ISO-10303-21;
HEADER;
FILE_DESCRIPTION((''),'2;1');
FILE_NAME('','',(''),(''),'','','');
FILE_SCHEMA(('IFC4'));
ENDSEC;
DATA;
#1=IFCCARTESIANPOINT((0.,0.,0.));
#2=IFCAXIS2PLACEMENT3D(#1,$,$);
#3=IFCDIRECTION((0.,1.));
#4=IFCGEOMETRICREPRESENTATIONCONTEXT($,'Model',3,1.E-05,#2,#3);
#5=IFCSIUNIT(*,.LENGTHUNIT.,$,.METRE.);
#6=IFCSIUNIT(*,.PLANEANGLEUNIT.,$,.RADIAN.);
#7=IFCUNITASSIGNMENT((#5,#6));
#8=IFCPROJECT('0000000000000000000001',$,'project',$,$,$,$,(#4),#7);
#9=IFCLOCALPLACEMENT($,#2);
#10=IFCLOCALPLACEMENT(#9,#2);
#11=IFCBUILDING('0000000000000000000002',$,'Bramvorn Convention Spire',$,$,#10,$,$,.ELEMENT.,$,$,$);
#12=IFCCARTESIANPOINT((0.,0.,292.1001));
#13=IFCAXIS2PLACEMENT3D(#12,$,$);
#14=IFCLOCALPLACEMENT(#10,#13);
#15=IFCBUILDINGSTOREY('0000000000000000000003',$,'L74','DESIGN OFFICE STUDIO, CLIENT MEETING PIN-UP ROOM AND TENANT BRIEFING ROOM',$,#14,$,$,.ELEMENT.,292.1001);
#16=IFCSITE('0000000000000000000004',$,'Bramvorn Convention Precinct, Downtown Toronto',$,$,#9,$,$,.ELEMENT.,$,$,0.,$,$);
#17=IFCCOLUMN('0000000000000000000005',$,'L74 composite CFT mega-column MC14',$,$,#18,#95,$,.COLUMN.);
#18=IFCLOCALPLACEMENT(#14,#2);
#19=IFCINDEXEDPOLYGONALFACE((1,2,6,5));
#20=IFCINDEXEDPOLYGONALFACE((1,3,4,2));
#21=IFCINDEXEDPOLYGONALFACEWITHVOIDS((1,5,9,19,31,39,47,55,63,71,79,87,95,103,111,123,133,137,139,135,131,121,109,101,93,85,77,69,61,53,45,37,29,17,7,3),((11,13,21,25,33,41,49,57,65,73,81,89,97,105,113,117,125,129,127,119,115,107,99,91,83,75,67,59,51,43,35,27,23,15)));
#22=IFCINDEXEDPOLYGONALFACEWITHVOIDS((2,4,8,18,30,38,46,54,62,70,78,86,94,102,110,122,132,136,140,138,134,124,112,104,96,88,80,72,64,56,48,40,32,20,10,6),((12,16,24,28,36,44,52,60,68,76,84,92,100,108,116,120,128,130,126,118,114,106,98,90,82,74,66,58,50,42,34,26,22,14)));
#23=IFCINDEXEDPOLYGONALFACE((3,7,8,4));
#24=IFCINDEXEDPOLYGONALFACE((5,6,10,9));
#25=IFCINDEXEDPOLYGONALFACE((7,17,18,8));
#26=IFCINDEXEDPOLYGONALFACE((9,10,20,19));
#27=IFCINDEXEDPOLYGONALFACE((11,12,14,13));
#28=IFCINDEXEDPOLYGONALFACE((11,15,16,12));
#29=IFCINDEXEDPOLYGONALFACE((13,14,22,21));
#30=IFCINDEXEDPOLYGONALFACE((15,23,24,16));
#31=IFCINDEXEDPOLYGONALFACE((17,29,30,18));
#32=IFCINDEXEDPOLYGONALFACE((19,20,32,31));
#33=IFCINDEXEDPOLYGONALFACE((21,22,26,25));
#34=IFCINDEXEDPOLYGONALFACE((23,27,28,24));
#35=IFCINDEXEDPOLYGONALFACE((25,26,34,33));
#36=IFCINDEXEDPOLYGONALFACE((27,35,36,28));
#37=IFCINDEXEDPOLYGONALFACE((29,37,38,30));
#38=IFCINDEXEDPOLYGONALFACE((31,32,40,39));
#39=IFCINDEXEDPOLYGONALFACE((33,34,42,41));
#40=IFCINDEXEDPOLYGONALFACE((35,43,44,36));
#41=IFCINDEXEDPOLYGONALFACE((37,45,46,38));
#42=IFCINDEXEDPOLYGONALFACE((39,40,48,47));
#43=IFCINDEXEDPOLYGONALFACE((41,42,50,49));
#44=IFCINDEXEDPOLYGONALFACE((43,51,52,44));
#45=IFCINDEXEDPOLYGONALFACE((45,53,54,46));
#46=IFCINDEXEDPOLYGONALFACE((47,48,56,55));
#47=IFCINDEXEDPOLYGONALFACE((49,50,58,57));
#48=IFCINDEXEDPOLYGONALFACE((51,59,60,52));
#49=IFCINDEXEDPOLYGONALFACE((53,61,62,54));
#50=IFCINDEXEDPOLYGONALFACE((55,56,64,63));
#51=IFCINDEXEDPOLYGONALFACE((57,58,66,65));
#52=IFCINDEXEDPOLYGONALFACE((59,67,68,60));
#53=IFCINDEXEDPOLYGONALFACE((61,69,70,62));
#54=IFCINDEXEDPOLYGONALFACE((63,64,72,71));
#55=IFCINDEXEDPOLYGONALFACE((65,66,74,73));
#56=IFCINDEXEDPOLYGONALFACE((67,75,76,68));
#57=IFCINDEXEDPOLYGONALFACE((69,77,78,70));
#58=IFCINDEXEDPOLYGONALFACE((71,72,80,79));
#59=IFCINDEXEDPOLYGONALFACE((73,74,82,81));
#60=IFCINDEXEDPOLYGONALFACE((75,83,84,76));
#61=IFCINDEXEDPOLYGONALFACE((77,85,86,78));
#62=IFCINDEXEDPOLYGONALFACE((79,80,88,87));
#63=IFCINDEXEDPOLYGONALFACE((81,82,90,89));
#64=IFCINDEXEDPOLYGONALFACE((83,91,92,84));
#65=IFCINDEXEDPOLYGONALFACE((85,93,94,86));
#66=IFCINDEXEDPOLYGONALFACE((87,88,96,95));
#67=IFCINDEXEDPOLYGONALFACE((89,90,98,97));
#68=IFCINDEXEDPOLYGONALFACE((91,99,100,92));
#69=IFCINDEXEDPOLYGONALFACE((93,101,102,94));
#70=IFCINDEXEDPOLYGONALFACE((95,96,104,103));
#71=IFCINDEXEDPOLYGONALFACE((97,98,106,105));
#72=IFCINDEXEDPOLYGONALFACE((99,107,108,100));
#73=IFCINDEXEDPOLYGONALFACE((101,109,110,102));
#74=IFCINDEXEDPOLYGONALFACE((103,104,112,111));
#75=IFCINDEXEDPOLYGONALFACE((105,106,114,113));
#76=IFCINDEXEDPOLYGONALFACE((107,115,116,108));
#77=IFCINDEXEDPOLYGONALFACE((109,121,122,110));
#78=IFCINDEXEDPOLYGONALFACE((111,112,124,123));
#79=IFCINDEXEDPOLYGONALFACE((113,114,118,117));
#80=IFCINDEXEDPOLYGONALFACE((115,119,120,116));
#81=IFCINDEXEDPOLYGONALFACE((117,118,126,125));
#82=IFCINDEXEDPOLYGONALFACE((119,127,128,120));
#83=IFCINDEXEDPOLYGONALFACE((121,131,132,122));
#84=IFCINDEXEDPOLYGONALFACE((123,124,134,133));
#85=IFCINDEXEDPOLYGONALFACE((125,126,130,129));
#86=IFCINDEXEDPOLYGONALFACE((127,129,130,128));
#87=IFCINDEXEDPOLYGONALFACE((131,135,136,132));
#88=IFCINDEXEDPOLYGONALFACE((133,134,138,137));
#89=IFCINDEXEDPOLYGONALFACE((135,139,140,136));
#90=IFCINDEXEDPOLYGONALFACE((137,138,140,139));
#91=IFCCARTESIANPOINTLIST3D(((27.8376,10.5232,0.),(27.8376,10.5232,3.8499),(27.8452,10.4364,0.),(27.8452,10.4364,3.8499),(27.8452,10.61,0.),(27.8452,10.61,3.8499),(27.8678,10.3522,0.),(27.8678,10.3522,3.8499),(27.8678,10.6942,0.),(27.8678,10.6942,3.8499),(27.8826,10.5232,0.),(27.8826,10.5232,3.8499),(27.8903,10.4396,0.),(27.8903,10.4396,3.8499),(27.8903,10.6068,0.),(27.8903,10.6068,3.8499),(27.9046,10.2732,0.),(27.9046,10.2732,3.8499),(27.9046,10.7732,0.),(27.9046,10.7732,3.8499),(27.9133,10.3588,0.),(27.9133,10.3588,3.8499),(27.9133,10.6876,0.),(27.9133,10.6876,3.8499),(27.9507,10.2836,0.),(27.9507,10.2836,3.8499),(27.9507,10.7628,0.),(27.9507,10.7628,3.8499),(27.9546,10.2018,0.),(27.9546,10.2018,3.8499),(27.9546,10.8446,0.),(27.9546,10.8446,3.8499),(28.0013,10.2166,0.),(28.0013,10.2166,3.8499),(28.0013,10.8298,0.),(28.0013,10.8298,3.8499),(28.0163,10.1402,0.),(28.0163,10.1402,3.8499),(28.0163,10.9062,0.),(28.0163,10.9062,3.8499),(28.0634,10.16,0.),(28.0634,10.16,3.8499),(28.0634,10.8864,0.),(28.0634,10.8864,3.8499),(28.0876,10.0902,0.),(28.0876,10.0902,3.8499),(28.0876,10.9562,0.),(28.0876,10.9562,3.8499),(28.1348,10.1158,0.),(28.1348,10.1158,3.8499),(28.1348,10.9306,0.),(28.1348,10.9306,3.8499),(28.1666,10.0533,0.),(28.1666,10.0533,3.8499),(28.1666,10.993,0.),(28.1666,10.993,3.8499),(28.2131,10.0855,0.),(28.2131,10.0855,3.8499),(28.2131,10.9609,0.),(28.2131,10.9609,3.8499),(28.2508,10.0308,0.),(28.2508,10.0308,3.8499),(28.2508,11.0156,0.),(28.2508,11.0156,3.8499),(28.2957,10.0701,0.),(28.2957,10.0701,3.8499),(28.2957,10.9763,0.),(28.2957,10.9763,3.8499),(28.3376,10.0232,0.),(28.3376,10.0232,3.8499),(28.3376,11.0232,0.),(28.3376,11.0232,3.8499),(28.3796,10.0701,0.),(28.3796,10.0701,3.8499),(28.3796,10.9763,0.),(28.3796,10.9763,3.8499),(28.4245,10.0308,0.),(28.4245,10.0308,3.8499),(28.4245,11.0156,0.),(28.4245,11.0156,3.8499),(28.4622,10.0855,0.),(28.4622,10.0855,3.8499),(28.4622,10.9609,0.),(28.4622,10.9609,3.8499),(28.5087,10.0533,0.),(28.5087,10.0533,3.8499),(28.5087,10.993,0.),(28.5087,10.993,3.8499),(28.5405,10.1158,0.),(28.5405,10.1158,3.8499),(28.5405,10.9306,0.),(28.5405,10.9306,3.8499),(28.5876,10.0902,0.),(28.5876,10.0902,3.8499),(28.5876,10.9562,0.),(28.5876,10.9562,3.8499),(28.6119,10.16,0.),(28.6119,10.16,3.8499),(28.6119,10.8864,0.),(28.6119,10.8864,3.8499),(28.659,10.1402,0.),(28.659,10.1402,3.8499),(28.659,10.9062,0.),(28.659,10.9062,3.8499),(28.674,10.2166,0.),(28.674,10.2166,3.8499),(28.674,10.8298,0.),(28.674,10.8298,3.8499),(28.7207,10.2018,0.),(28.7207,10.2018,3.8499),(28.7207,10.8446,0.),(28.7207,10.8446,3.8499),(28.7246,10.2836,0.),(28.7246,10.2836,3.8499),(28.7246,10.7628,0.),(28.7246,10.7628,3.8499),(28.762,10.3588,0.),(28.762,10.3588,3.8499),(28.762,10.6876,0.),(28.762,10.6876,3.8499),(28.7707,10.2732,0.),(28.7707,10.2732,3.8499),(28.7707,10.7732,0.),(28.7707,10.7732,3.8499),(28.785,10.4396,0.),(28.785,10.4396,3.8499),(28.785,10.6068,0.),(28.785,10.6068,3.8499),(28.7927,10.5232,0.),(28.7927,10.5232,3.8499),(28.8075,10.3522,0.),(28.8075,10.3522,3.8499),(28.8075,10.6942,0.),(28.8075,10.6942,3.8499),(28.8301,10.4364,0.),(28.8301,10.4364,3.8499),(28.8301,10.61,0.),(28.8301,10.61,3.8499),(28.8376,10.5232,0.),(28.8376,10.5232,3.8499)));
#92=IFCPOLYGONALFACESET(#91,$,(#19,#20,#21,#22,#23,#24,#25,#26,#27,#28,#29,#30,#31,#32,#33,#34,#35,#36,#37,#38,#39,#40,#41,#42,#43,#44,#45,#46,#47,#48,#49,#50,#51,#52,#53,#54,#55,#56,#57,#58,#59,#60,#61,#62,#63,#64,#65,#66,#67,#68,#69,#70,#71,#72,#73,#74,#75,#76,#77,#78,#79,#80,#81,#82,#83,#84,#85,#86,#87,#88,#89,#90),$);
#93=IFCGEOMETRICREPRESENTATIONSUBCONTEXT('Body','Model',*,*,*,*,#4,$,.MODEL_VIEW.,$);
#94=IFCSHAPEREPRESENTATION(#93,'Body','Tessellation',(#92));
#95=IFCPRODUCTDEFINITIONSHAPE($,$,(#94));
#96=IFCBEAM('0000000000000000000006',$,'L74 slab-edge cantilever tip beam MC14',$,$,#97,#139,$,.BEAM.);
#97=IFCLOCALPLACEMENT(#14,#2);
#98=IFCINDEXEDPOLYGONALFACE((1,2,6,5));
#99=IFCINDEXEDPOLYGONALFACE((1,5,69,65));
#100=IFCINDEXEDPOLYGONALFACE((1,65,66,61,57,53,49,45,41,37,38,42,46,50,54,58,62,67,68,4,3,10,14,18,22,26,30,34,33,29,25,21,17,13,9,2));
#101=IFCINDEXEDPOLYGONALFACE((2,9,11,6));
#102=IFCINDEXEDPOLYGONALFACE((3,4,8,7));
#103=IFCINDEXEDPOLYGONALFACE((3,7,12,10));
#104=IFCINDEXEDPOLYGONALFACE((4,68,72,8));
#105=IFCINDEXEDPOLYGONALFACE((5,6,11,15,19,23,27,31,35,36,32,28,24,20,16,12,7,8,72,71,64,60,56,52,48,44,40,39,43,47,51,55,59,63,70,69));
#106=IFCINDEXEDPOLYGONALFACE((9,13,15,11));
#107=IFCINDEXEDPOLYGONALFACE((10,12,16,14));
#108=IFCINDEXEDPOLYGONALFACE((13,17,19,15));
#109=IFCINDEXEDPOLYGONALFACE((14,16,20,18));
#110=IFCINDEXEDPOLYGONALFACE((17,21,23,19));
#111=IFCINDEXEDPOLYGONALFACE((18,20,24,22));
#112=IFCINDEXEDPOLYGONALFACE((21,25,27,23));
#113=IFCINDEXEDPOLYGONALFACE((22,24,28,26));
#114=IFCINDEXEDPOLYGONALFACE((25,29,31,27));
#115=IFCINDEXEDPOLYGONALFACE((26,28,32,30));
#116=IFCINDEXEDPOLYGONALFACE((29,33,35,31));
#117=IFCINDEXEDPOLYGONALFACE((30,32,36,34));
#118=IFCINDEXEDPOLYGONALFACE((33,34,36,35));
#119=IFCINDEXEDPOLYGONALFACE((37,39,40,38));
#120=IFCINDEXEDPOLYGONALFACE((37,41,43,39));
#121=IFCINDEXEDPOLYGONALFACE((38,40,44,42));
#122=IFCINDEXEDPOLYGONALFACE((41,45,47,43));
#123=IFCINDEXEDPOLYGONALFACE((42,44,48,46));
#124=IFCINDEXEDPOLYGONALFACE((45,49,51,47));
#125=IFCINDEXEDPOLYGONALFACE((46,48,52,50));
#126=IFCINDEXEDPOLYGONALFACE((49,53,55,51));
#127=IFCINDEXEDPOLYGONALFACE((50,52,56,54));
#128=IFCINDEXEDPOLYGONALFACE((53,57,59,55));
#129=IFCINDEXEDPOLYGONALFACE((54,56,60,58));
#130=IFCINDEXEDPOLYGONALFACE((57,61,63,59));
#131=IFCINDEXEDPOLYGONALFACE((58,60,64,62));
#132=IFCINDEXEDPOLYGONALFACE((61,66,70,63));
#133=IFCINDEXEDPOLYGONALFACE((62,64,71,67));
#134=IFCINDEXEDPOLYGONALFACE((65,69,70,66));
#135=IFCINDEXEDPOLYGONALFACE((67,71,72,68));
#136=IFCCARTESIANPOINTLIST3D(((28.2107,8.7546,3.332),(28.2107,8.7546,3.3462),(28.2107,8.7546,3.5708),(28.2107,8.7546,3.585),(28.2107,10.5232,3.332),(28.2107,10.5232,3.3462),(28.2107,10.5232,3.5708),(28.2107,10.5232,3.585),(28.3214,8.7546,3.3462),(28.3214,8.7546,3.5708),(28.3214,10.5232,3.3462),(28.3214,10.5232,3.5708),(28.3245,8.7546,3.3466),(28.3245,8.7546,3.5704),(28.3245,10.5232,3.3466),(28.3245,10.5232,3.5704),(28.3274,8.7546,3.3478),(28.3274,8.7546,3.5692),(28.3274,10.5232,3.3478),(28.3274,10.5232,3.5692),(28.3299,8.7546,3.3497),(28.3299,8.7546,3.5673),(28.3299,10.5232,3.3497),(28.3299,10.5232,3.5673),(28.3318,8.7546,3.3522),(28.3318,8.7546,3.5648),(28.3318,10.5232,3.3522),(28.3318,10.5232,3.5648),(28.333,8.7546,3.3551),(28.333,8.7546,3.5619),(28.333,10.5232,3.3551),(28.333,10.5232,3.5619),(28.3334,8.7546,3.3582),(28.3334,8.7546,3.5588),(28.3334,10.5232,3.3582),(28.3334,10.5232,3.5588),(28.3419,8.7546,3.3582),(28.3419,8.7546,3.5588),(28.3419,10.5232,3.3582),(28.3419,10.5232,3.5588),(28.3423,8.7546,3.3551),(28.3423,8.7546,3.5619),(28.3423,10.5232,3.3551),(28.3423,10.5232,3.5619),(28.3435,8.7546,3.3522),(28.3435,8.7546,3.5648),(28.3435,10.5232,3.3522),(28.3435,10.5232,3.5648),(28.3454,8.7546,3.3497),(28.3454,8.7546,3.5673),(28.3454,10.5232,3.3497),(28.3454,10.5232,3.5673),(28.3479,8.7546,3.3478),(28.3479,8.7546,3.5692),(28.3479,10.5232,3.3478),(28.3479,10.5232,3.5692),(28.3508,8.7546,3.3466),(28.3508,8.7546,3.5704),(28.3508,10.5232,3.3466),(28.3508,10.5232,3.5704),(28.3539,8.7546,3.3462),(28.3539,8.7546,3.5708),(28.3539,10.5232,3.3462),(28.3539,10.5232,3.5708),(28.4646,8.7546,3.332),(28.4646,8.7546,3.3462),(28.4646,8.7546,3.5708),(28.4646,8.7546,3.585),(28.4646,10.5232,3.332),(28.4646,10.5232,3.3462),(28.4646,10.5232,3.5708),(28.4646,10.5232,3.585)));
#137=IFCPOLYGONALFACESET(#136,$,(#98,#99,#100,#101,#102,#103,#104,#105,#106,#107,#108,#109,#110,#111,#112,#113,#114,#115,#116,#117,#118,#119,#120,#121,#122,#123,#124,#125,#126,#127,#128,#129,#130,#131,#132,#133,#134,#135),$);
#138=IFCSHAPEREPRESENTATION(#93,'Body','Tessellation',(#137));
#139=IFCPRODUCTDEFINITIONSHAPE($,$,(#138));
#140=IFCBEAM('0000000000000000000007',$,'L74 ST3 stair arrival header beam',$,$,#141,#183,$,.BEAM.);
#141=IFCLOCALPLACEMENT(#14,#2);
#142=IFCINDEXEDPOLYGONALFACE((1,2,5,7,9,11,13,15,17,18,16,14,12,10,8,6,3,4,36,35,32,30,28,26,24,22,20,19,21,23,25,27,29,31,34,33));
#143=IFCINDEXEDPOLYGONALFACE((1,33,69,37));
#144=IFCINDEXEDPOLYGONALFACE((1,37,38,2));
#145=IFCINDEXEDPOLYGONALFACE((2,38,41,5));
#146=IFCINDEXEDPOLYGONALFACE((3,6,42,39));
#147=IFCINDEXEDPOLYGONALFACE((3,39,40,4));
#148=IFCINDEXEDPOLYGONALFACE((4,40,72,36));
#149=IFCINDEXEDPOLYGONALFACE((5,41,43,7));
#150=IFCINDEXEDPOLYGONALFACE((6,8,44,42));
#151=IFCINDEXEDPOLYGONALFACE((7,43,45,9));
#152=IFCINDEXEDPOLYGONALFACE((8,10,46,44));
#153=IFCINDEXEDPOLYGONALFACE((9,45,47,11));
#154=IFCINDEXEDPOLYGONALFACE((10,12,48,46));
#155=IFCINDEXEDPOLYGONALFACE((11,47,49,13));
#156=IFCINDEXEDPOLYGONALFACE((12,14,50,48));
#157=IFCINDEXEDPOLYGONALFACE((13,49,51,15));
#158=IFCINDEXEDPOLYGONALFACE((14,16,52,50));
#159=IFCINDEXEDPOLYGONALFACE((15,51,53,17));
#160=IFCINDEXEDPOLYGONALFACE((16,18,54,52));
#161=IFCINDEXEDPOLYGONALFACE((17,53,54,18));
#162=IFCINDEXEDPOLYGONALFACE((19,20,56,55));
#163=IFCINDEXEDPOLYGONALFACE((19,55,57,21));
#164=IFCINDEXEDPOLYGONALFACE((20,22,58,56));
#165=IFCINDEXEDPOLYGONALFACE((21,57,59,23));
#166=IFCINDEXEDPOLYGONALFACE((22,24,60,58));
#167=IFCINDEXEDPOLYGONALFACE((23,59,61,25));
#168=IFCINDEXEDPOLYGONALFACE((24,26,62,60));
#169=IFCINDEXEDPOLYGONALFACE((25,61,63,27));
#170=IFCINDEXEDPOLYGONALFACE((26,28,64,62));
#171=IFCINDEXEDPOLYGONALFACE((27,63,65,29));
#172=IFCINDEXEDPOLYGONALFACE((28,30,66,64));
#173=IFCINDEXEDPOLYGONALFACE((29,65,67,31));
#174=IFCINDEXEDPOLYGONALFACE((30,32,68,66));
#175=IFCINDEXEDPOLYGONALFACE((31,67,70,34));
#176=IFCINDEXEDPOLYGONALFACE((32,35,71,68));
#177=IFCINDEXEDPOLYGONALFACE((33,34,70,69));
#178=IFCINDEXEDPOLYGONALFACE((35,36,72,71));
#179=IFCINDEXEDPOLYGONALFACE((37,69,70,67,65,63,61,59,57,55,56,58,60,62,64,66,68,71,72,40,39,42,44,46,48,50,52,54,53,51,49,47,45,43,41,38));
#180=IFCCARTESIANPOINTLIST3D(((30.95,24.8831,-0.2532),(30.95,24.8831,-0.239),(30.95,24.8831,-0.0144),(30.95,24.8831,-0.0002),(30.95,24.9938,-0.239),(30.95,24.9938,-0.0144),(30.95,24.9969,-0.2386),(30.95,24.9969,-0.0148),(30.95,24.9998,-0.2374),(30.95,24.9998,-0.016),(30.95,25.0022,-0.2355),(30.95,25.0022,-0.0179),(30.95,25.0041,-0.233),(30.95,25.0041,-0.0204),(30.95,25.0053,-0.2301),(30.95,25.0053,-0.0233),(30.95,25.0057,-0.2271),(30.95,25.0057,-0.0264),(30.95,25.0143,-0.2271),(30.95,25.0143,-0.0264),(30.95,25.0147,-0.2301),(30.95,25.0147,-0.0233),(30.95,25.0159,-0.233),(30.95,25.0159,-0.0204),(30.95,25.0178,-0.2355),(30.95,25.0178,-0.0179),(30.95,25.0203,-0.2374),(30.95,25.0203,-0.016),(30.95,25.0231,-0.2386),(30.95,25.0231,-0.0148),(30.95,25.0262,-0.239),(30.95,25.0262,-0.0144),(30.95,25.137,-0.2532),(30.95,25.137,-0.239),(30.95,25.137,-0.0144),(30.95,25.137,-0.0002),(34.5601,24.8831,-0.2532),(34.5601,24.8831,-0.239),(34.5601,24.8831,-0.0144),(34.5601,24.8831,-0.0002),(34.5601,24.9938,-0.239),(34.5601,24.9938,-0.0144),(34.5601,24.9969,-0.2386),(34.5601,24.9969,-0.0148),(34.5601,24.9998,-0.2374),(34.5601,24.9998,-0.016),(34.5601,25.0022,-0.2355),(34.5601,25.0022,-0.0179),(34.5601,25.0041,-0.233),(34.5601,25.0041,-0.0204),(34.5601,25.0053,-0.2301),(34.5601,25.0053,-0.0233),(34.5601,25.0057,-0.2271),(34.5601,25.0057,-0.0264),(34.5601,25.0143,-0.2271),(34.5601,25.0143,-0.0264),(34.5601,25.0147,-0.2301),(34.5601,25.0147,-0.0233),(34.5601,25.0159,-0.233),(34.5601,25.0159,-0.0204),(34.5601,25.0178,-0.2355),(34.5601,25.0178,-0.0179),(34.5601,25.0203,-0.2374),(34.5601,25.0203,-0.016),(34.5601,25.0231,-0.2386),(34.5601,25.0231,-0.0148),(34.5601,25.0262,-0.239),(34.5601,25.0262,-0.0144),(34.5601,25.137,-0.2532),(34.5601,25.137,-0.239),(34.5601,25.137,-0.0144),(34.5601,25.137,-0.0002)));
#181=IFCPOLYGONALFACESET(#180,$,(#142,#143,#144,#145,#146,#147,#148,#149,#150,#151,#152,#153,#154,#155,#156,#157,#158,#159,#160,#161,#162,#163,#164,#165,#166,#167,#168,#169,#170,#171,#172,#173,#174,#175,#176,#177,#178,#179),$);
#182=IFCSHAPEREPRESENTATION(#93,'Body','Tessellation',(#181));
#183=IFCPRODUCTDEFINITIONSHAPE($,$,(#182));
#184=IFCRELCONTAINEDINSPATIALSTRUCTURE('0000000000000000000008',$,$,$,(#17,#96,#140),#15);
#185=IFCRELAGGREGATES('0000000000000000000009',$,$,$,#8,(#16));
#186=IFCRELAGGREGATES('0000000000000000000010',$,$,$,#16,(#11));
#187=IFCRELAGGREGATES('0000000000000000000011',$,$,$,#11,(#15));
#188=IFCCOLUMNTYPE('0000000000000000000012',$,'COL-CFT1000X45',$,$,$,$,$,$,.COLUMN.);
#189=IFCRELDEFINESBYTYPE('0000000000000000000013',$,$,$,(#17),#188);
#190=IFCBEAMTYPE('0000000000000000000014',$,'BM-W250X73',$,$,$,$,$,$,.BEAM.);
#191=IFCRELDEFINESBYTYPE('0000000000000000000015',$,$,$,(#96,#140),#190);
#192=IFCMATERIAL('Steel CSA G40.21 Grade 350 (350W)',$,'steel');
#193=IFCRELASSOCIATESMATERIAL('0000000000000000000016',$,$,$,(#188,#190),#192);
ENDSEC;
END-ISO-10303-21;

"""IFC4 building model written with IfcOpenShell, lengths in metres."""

from ifc_helpers import new_model, si_unit, direction, frame, origin, origin_2d, place, context, subcontext, project, spatial, hollow_circle, i_section, extrude, material, material_profile, profile_set, type_object, element, save


model = new_model("IFC4")

# Units and contexts
model_context = context("Model", 3, precision=1e-05, world=origin(), true_north=direction((0.0, 1.0)))
body_context = subcontext(model_context, "Body", "Model", "MODEL_VIEW")
ifc_project = project(units=[si_unit("LENGTHUNIT", "METRE"), si_unit("PLANEANGLEUNIT", "RADIAN")], contexts=[model_context])

# Site, building, storey
site_placement = place(None, origin())
site = spatial("IfcSite", under=ifc_project, at=site_placement, Name="Bramvorn Convention Precinct, Downtown Toronto", CompositionType="ELEMENT", RefElevation=0.0)
building_placement = place(site_placement, origin())
building = spatial("IfcBuilding", under=site, at=building_placement, Name="Bramvorn Convention Spire", CompositionType="ELEMENT")
storey_placement = place(building_placement, frame((0.0, 0.0, 292.1001)))
storey = spatial("IfcBuildingStorey", under=building, at=storey_placement, Name="L74", Description="DESIGN OFFICE STUDIO, CLIENT MEETING PIN-UP ROOM AND TENANT BRIEFING ROOM", CompositionType="ELEMENT", Elevation=292.1001)

# Column
ifc_material_1 = material(Name="Steel CSA G40.21 Grade 350 (350W)", Category="steel")
ifc_material_profile_1 = material_profile(ifc_material_1, hollow_circle(Radius=0.5, WallThickness=0.0449, at=origin_2d()))
ifc_profile_set_1 = profile_set([ifc_material_profile_1], Name="Steel CSA G40.21 Grade 350 (350W) - CFT1000X45")
column_type = type_object("IfcColumnType", Name="COL-CFT1000X45", PredefinedType="COLUMN", material=ifc_profile_set_1)
column_placement = place(storey_placement, frame((28.3376, 10.5232, 0.0), z_axis=(0.0, 0.0, 1.0), x_axis=(1.0, 0.0, 0.0)))
element("IfcColumn", 1, at=column_placement, inside=storey, type_object=column_type, Name="L74 composite CFT mega-column MC14", PredefinedType="COLUMN", context=body_context, shape_type="SweptSolid", body=[
    extrude(hollow_circle(Radius=0.5, WallThickness=0.0449, at=origin_2d()), origin(), (0.0, 0.0, 1.0), 3.8499),
])

# Beams
ifc_material_profile_2 = material_profile(ifc_material_1, i_section(OverallWidth=0.2539, OverallDepth=0.2529, WebThickness=0.0085, FlangeThickness=0.0142, FilletRadius=0.012, at=origin_2d()))
ifc_profile_set_2 = profile_set([ifc_material_profile_2], Name="Steel CSA G40.21 Grade 350 (350W) - W250X73")
beam_type_1 = type_object("IfcBeamType", Name="BM-W250X73", PredefinedType="BEAM", material=ifc_profile_set_2)
beam_1_placement = place(storey_placement, frame((28.3376, 10.5232, 3.4585), z_axis=(0.0, -1.0, 0.0), x_axis=(1.0, 0.0, 0.0)))
element("IfcBeam", 2, at=beam_1_placement, inside=storey, type_object=beam_type_1, Name="L74 slab-edge cantilever tip beam MC14", PredefinedType="BEAM", context=body_context, shape_type="SweptSolid", body=[
    extrude(i_section(OverallWidth=0.2539, OverallDepth=0.2529, WebThickness=0.0085, FlangeThickness=0.0142, FilletRadius=0.012, at=origin_2d()), origin(), (0.0, 0.0, 1.0), 1.7686),
])
beam_2_placement = place(storey_placement, frame((30.95, 25.01, -0.1267), z_axis=(1.0, 0.0, 0.0), x_axis=(0.0, 1.0, 0.0)))
element("IfcBeam", 3, at=beam_2_placement, inside=storey, type_object=beam_type_1, Name="L74 ST3 stair arrival header beam", PredefinedType="BEAM", context=body_context, shape_type="SweptSolid", body=[
    extrude(i_section(OverallWidth=0.2539, OverallDepth=0.2529, WebThickness=0.0085, FlangeThickness=0.0142, FilletRadius=0.012, at=origin_2d()), origin(), (0.0, 0.0, 1.0), 3.6101),
])

save(model, "model.ifc")
